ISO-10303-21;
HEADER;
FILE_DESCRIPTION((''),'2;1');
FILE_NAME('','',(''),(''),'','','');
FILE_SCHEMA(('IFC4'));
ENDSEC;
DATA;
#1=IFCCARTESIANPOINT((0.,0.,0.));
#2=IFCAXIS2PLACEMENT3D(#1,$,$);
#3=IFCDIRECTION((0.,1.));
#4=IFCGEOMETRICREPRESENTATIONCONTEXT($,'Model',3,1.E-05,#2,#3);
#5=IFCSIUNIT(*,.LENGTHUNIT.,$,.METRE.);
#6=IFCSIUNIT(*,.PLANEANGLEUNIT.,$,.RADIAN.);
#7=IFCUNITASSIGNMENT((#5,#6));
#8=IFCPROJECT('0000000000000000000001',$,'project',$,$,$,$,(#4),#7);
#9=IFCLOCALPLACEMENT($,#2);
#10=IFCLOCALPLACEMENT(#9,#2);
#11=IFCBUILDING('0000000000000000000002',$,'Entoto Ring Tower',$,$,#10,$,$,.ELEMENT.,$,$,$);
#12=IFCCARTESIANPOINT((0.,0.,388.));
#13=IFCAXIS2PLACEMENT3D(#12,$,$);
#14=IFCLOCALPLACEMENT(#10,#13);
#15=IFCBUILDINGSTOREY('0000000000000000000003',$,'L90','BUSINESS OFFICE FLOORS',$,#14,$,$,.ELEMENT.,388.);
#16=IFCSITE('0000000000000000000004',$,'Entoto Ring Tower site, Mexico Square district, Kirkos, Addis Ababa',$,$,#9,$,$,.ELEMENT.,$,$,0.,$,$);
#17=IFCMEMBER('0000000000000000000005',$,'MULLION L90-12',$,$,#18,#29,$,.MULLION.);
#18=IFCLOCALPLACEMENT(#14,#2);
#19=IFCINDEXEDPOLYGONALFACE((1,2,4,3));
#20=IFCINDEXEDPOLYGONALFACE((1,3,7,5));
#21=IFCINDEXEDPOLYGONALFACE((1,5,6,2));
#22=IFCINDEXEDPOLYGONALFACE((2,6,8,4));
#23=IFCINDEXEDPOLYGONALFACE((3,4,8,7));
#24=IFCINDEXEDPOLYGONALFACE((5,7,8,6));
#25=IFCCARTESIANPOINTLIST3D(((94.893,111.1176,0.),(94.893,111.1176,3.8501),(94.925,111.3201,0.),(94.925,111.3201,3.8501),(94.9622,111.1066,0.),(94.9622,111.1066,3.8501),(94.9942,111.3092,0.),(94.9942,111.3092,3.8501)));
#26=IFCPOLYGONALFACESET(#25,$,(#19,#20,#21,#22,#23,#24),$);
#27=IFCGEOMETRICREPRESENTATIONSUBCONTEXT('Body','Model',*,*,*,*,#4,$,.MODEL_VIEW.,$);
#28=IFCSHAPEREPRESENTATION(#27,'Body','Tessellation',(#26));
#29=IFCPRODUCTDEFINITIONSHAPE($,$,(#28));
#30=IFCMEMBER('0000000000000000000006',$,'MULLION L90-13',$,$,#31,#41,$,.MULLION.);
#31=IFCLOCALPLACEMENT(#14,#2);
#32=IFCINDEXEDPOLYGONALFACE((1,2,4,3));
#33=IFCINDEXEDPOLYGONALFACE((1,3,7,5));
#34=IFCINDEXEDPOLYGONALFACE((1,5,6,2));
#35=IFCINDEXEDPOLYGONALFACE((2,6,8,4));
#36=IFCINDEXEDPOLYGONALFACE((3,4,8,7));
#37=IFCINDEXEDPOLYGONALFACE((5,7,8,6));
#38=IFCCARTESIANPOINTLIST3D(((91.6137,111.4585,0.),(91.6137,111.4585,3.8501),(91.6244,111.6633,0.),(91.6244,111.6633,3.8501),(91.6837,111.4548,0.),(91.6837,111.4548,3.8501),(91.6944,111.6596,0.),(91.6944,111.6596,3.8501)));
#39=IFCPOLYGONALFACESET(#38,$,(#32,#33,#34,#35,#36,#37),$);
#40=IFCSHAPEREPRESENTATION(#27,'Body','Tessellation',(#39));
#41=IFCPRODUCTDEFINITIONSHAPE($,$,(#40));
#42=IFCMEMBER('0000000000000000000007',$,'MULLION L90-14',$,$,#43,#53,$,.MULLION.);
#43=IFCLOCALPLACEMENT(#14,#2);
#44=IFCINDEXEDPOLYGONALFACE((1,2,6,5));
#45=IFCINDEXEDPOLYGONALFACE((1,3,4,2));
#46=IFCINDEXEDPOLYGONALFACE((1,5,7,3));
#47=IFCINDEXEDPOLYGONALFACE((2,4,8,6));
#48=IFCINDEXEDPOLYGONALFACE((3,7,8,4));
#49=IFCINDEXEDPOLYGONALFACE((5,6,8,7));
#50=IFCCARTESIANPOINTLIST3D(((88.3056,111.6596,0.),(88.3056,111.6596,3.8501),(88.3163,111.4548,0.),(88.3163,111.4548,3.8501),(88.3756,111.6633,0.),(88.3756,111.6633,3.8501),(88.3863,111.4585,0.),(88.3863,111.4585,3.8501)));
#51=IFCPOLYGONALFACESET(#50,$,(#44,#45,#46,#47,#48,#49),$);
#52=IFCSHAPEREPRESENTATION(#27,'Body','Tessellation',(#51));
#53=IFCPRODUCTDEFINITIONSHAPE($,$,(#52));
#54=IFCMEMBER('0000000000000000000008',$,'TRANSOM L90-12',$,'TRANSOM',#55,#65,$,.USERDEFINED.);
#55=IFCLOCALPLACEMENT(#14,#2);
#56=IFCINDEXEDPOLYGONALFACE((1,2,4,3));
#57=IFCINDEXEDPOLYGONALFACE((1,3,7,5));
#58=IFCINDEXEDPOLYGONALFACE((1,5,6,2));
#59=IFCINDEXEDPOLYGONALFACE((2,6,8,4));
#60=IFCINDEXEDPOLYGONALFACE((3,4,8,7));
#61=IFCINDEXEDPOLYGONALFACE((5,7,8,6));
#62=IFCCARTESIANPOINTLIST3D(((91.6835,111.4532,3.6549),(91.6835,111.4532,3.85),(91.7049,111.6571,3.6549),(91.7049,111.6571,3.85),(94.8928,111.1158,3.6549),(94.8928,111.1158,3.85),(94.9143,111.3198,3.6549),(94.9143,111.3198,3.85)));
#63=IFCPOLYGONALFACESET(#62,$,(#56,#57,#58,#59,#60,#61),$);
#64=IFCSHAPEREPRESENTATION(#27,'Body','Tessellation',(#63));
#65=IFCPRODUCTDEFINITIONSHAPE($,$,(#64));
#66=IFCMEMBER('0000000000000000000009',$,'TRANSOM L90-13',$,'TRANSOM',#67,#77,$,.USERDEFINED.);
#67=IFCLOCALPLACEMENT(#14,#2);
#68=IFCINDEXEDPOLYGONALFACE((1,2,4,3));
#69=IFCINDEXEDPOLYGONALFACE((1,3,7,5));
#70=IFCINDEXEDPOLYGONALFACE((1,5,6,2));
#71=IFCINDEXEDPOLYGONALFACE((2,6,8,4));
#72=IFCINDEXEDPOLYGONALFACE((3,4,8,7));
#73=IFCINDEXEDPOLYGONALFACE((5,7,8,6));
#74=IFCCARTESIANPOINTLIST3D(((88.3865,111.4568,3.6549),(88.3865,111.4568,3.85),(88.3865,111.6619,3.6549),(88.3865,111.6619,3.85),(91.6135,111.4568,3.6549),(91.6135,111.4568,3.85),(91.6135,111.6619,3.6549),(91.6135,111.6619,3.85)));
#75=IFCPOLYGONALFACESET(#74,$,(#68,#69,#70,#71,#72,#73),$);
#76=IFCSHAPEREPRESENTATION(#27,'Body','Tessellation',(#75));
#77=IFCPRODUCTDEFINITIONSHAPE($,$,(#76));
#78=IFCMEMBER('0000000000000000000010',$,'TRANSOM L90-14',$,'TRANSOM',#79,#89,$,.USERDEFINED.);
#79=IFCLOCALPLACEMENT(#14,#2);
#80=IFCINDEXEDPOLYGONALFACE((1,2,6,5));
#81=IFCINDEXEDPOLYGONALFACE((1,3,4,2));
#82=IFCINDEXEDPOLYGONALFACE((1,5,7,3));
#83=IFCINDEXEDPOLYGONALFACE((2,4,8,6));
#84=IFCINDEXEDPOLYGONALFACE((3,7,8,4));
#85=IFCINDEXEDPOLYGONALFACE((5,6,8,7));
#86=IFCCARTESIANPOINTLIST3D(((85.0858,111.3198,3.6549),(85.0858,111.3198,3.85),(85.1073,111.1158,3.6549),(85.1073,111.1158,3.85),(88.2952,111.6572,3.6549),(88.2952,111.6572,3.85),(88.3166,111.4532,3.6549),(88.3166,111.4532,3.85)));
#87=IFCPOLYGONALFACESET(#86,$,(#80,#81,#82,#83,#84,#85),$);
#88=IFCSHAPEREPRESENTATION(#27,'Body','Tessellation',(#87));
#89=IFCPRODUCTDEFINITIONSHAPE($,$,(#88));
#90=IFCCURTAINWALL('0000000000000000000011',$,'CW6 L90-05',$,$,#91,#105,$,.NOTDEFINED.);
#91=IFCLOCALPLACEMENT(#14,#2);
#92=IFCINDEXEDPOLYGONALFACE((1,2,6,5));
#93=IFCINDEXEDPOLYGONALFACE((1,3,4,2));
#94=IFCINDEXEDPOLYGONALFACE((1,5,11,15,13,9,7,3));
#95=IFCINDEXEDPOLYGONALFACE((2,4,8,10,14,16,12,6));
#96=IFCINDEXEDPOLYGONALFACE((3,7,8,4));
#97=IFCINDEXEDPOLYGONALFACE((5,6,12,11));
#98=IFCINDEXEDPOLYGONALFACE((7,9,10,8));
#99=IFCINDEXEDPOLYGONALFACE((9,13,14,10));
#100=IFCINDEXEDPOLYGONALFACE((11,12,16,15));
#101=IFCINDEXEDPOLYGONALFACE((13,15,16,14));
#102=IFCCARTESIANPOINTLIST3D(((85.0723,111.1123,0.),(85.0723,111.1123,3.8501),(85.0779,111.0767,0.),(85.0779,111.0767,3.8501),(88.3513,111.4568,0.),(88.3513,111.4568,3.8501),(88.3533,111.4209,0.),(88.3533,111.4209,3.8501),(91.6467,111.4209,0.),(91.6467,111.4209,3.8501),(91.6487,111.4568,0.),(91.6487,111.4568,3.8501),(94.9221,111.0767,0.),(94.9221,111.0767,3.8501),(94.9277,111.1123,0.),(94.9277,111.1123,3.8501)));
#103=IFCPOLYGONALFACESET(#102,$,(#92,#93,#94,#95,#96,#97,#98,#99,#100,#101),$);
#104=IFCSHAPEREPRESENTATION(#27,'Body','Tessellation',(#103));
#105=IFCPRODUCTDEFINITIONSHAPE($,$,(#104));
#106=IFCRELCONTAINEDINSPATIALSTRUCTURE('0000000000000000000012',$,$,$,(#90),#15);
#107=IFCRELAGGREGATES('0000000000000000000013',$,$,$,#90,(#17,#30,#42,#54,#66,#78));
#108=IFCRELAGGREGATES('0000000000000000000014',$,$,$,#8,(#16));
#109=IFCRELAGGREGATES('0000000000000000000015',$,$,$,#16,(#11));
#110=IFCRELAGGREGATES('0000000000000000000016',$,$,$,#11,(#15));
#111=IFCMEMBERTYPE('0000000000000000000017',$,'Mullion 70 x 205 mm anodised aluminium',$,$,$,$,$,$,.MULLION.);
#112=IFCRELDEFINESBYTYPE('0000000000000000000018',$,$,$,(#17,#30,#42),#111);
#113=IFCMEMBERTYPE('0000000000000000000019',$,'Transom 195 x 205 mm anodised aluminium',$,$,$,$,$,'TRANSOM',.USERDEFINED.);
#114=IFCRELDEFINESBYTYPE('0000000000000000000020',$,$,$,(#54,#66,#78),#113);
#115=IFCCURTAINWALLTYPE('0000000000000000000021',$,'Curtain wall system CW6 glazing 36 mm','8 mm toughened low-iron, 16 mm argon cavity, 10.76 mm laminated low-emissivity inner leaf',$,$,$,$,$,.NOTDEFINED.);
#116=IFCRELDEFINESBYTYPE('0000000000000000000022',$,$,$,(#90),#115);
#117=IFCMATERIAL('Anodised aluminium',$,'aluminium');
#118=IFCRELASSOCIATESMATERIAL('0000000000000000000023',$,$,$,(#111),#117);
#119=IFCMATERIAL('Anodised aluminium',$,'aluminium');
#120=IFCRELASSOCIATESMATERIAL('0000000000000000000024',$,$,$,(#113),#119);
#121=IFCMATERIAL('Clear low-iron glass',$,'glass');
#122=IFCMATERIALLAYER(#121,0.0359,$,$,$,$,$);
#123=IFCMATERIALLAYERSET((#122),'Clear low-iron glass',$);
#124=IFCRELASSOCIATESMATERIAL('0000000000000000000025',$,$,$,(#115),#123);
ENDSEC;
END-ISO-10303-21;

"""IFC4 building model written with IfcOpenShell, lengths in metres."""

from ifc_helpers import new_model, si_unit, direction, frame, origin, origin_2d, place, context, subcontext, project, spatial, polyline, rectangle, outline, extrude, material, layer, layer_set, material_profile, profile_set, type_object, element, aggregate, save


model = new_model("IFC4")

# Units and contexts
model_context = context("Model", 3, precision=1e-05, world=origin(), true_north=direction((0.0, 1.0)))
body_context = subcontext(model_context, "Body", "Model", "MODEL_VIEW")
ifc_project = project(units=[si_unit("LENGTHUNIT", "METRE"), si_unit("PLANEANGLEUNIT", "RADIAN")], contexts=[model_context])

# Members
ifc_material_1 = material(Name="Anodised aluminium", Category="aluminium")
ifc_material_profile_1 = material_profile(ifc_material_1, rectangle(XDim=0.0701, YDim=0.2051, at=origin_2d()), Name="Mullion 70 x 205 mm anodised aluminium")
ifc_profile_set_1 = profile_set([ifc_material_profile_1], Name="Anodised aluminium")
member_type_1 = type_object("IfcMemberType", Name="Mullion 70 x 205 mm anodised aluminium", PredefinedType="MULLION", material=ifc_profile_set_1)
site_placement = place(None, origin())
building_placement = place(site_placement, origin())
storey_placement = place(building_placement, frame((0.0, 0.0, 388.0)))
member_1_placement = place(storey_placement, frame((94.9436, 111.2134, 0.0), z_axis=(0.0, 0.0, 1.0), x_axis=(-0.987688, 0.156434, 0.0)))
member_1 = element("IfcMember", 1, at=member_1_placement, type_object=member_type_1, Name="MULLION L90-12", PredefinedType="MULLION", context=body_context, shape_type="SweptSolid", body=[
    extrude(rectangle(XDim=0.0701, YDim=0.2051, at=origin_2d()), origin(), (0.0, 0.0, 1.0), 3.8501),
])
member_2_placement = place(storey_placement, frame((91.6541, 111.5591, 0.0), z_axis=(0.0, 0.0, 1.0), x_axis=(-0.99863, 0.052336, 0.0)))
member_2 = element("IfcMember", 2, at=member_2_placement, type_object=member_type_1, Name="MULLION L90-13", PredefinedType="MULLION", context=body_context, shape_type="SweptSolid", body=[
    extrude(rectangle(XDim=0.0701, YDim=0.2051, at=origin_2d()), origin(), (0.0, 0.0, 1.0), 3.8501),
])
member_3_placement = place(storey_placement, frame((88.3459, 111.5591, 0.0), z_axis=(0.0, 0.0, 1.0), x_axis=(-0.99863, -0.052336, 0.0)))
member_3 = element("IfcMember", 3, at=member_3_placement, type_object=member_type_1, Name="MULLION L90-14", PredefinedType="MULLION", context=body_context, shape_type="SweptSolid", body=[
    extrude(rectangle(XDim=0.0701, YDim=0.2051, at=origin_2d()), origin(), (0.0, 0.0, 1.0), 3.8501),
])
ifc_material_2 = material(Name="Anodised aluminium", Category="aluminium")
ifc_material_profile_2 = material_profile(ifc_material_2, rectangle(XDim=0.2051, YDim=0.1951, at=origin_2d()), Name="Transom 195 x 205 mm anodised aluminium")
ifc_profile_set_2 = profile_set([ifc_material_profile_2], Name="Anodised aluminium")
member_type_2 = type_object("IfcMemberType", Name="Transom 195 x 205 mm anodised aluminium", ElementType="TRANSOM", PredefinedType="USERDEFINED", material=ifc_profile_set_2)
member_4_placement = place(storey_placement, frame((94.9036, 111.2178, 3.7524), z_axis=(-0.99452, 0.104551, 0.0), x_axis=(-0.104551, -0.99452, 0.0)))
member_4 = element("IfcMember", 4, at=member_4_placement, type_object=member_type_2, Name="TRANSOM L90-12", ObjectType="TRANSOM", PredefinedType="USERDEFINED", context=body_context, shape_type="SweptSolid", body=[
    extrude(rectangle(XDim=0.2051, YDim=0.1951, at=origin_2d()), origin(), (0.0, 0.0, 1.0), 3.2271),
])
member_5_placement = place(storey_placement, frame((91.6135, 111.5593, 3.7524), z_axis=(-1.0, 0.0, 0.0), x_axis=(0.0, -1.0, 0.0)))
member_5 = element("IfcMember", 5, at=member_5_placement, type_object=member_type_2, Name="TRANSOM L90-13", ObjectType="TRANSOM", PredefinedType="USERDEFINED", context=body_context, shape_type="SweptSolid", body=[
    extrude(rectangle(XDim=0.2051, YDim=0.1951, at=origin_2d()), origin(), (0.0, 0.0, 1.0), 3.2271),
])
member_6_placement = place(storey_placement, frame((88.3059, 111.5552, 3.7524), z_axis=(-0.99452, -0.104551, 0.0), x_axis=(0.104551, -0.99452, 0.0)))
member_6 = element("IfcMember", 6, at=member_6_placement, type_object=member_type_2, Name="TRANSOM L90-14", ObjectType="TRANSOM", PredefinedType="USERDEFINED", context=body_context, shape_type="SweptSolid", body=[
    extrude(rectangle(XDim=0.2051, YDim=0.1951, at=origin_2d()), origin(), (0.0, 0.0, 1.0), 3.2271),
])

# Site, building, storey
site = spatial("IfcSite", under=ifc_project, at=site_placement, Name="Entoto Ring Tower site, Mexico Square district, Kirkos, Addis Ababa", CompositionType="ELEMENT", RefElevation=0.0)
building = spatial("IfcBuilding", under=site, at=building_placement, Name="Entoto Ring Tower", CompositionType="ELEMENT")
storey = spatial("IfcBuildingStorey", under=building, at=storey_placement, Name="L90", Description="BUSINESS OFFICE FLOORS", CompositionType="ELEMENT", Elevation=388.0)

# Curtain wall
ifc_material_3 = material(Name="Clear low-iron glass", Category="glass")
ifc_layer = layer(ifc_material_3, 0.0359)
ifc_layer_set = layer_set([ifc_layer], Name="Clear low-iron glass")
curtain_wall_type = type_object("IfcCurtainWallType", Name="Curtain wall system CW6 glazing 36 mm", Description="8 mm toughened low-iron, 16 mm argon cavity, 10.76 mm laminated low-emissivity inner leaf", PredefinedType="NOTDEFINED", material=ifc_layer_set)
curtain_wall_1_placement = place(storey_placement, origin())
curtain_wall_1 = element("IfcCurtainWall", 7, at=curtain_wall_1_placement, inside=storey, type_object=curtain_wall_type, Name="CW6 L90-05", PredefinedType="NOTDEFINED", context=body_context, shape_type="SweptSolid", body=[
    extrude(outline(polyline([(94.9277, 111.1123), (91.6487, 111.4568), (88.3513, 111.4568), (85.0723, 111.1123), (85.0779, 111.0767), (88.3533, 111.4209), (91.6467, 111.4209), (94.9221, 111.0767), (94.9277, 111.1123)])), origin(), (0.0, 0.0, 1.0), 3.8501),
])
aggregate(curtain_wall_1, [member_1, member_2, member_3, member_4, member_5, member_6])

save(model, "model.ifc")
